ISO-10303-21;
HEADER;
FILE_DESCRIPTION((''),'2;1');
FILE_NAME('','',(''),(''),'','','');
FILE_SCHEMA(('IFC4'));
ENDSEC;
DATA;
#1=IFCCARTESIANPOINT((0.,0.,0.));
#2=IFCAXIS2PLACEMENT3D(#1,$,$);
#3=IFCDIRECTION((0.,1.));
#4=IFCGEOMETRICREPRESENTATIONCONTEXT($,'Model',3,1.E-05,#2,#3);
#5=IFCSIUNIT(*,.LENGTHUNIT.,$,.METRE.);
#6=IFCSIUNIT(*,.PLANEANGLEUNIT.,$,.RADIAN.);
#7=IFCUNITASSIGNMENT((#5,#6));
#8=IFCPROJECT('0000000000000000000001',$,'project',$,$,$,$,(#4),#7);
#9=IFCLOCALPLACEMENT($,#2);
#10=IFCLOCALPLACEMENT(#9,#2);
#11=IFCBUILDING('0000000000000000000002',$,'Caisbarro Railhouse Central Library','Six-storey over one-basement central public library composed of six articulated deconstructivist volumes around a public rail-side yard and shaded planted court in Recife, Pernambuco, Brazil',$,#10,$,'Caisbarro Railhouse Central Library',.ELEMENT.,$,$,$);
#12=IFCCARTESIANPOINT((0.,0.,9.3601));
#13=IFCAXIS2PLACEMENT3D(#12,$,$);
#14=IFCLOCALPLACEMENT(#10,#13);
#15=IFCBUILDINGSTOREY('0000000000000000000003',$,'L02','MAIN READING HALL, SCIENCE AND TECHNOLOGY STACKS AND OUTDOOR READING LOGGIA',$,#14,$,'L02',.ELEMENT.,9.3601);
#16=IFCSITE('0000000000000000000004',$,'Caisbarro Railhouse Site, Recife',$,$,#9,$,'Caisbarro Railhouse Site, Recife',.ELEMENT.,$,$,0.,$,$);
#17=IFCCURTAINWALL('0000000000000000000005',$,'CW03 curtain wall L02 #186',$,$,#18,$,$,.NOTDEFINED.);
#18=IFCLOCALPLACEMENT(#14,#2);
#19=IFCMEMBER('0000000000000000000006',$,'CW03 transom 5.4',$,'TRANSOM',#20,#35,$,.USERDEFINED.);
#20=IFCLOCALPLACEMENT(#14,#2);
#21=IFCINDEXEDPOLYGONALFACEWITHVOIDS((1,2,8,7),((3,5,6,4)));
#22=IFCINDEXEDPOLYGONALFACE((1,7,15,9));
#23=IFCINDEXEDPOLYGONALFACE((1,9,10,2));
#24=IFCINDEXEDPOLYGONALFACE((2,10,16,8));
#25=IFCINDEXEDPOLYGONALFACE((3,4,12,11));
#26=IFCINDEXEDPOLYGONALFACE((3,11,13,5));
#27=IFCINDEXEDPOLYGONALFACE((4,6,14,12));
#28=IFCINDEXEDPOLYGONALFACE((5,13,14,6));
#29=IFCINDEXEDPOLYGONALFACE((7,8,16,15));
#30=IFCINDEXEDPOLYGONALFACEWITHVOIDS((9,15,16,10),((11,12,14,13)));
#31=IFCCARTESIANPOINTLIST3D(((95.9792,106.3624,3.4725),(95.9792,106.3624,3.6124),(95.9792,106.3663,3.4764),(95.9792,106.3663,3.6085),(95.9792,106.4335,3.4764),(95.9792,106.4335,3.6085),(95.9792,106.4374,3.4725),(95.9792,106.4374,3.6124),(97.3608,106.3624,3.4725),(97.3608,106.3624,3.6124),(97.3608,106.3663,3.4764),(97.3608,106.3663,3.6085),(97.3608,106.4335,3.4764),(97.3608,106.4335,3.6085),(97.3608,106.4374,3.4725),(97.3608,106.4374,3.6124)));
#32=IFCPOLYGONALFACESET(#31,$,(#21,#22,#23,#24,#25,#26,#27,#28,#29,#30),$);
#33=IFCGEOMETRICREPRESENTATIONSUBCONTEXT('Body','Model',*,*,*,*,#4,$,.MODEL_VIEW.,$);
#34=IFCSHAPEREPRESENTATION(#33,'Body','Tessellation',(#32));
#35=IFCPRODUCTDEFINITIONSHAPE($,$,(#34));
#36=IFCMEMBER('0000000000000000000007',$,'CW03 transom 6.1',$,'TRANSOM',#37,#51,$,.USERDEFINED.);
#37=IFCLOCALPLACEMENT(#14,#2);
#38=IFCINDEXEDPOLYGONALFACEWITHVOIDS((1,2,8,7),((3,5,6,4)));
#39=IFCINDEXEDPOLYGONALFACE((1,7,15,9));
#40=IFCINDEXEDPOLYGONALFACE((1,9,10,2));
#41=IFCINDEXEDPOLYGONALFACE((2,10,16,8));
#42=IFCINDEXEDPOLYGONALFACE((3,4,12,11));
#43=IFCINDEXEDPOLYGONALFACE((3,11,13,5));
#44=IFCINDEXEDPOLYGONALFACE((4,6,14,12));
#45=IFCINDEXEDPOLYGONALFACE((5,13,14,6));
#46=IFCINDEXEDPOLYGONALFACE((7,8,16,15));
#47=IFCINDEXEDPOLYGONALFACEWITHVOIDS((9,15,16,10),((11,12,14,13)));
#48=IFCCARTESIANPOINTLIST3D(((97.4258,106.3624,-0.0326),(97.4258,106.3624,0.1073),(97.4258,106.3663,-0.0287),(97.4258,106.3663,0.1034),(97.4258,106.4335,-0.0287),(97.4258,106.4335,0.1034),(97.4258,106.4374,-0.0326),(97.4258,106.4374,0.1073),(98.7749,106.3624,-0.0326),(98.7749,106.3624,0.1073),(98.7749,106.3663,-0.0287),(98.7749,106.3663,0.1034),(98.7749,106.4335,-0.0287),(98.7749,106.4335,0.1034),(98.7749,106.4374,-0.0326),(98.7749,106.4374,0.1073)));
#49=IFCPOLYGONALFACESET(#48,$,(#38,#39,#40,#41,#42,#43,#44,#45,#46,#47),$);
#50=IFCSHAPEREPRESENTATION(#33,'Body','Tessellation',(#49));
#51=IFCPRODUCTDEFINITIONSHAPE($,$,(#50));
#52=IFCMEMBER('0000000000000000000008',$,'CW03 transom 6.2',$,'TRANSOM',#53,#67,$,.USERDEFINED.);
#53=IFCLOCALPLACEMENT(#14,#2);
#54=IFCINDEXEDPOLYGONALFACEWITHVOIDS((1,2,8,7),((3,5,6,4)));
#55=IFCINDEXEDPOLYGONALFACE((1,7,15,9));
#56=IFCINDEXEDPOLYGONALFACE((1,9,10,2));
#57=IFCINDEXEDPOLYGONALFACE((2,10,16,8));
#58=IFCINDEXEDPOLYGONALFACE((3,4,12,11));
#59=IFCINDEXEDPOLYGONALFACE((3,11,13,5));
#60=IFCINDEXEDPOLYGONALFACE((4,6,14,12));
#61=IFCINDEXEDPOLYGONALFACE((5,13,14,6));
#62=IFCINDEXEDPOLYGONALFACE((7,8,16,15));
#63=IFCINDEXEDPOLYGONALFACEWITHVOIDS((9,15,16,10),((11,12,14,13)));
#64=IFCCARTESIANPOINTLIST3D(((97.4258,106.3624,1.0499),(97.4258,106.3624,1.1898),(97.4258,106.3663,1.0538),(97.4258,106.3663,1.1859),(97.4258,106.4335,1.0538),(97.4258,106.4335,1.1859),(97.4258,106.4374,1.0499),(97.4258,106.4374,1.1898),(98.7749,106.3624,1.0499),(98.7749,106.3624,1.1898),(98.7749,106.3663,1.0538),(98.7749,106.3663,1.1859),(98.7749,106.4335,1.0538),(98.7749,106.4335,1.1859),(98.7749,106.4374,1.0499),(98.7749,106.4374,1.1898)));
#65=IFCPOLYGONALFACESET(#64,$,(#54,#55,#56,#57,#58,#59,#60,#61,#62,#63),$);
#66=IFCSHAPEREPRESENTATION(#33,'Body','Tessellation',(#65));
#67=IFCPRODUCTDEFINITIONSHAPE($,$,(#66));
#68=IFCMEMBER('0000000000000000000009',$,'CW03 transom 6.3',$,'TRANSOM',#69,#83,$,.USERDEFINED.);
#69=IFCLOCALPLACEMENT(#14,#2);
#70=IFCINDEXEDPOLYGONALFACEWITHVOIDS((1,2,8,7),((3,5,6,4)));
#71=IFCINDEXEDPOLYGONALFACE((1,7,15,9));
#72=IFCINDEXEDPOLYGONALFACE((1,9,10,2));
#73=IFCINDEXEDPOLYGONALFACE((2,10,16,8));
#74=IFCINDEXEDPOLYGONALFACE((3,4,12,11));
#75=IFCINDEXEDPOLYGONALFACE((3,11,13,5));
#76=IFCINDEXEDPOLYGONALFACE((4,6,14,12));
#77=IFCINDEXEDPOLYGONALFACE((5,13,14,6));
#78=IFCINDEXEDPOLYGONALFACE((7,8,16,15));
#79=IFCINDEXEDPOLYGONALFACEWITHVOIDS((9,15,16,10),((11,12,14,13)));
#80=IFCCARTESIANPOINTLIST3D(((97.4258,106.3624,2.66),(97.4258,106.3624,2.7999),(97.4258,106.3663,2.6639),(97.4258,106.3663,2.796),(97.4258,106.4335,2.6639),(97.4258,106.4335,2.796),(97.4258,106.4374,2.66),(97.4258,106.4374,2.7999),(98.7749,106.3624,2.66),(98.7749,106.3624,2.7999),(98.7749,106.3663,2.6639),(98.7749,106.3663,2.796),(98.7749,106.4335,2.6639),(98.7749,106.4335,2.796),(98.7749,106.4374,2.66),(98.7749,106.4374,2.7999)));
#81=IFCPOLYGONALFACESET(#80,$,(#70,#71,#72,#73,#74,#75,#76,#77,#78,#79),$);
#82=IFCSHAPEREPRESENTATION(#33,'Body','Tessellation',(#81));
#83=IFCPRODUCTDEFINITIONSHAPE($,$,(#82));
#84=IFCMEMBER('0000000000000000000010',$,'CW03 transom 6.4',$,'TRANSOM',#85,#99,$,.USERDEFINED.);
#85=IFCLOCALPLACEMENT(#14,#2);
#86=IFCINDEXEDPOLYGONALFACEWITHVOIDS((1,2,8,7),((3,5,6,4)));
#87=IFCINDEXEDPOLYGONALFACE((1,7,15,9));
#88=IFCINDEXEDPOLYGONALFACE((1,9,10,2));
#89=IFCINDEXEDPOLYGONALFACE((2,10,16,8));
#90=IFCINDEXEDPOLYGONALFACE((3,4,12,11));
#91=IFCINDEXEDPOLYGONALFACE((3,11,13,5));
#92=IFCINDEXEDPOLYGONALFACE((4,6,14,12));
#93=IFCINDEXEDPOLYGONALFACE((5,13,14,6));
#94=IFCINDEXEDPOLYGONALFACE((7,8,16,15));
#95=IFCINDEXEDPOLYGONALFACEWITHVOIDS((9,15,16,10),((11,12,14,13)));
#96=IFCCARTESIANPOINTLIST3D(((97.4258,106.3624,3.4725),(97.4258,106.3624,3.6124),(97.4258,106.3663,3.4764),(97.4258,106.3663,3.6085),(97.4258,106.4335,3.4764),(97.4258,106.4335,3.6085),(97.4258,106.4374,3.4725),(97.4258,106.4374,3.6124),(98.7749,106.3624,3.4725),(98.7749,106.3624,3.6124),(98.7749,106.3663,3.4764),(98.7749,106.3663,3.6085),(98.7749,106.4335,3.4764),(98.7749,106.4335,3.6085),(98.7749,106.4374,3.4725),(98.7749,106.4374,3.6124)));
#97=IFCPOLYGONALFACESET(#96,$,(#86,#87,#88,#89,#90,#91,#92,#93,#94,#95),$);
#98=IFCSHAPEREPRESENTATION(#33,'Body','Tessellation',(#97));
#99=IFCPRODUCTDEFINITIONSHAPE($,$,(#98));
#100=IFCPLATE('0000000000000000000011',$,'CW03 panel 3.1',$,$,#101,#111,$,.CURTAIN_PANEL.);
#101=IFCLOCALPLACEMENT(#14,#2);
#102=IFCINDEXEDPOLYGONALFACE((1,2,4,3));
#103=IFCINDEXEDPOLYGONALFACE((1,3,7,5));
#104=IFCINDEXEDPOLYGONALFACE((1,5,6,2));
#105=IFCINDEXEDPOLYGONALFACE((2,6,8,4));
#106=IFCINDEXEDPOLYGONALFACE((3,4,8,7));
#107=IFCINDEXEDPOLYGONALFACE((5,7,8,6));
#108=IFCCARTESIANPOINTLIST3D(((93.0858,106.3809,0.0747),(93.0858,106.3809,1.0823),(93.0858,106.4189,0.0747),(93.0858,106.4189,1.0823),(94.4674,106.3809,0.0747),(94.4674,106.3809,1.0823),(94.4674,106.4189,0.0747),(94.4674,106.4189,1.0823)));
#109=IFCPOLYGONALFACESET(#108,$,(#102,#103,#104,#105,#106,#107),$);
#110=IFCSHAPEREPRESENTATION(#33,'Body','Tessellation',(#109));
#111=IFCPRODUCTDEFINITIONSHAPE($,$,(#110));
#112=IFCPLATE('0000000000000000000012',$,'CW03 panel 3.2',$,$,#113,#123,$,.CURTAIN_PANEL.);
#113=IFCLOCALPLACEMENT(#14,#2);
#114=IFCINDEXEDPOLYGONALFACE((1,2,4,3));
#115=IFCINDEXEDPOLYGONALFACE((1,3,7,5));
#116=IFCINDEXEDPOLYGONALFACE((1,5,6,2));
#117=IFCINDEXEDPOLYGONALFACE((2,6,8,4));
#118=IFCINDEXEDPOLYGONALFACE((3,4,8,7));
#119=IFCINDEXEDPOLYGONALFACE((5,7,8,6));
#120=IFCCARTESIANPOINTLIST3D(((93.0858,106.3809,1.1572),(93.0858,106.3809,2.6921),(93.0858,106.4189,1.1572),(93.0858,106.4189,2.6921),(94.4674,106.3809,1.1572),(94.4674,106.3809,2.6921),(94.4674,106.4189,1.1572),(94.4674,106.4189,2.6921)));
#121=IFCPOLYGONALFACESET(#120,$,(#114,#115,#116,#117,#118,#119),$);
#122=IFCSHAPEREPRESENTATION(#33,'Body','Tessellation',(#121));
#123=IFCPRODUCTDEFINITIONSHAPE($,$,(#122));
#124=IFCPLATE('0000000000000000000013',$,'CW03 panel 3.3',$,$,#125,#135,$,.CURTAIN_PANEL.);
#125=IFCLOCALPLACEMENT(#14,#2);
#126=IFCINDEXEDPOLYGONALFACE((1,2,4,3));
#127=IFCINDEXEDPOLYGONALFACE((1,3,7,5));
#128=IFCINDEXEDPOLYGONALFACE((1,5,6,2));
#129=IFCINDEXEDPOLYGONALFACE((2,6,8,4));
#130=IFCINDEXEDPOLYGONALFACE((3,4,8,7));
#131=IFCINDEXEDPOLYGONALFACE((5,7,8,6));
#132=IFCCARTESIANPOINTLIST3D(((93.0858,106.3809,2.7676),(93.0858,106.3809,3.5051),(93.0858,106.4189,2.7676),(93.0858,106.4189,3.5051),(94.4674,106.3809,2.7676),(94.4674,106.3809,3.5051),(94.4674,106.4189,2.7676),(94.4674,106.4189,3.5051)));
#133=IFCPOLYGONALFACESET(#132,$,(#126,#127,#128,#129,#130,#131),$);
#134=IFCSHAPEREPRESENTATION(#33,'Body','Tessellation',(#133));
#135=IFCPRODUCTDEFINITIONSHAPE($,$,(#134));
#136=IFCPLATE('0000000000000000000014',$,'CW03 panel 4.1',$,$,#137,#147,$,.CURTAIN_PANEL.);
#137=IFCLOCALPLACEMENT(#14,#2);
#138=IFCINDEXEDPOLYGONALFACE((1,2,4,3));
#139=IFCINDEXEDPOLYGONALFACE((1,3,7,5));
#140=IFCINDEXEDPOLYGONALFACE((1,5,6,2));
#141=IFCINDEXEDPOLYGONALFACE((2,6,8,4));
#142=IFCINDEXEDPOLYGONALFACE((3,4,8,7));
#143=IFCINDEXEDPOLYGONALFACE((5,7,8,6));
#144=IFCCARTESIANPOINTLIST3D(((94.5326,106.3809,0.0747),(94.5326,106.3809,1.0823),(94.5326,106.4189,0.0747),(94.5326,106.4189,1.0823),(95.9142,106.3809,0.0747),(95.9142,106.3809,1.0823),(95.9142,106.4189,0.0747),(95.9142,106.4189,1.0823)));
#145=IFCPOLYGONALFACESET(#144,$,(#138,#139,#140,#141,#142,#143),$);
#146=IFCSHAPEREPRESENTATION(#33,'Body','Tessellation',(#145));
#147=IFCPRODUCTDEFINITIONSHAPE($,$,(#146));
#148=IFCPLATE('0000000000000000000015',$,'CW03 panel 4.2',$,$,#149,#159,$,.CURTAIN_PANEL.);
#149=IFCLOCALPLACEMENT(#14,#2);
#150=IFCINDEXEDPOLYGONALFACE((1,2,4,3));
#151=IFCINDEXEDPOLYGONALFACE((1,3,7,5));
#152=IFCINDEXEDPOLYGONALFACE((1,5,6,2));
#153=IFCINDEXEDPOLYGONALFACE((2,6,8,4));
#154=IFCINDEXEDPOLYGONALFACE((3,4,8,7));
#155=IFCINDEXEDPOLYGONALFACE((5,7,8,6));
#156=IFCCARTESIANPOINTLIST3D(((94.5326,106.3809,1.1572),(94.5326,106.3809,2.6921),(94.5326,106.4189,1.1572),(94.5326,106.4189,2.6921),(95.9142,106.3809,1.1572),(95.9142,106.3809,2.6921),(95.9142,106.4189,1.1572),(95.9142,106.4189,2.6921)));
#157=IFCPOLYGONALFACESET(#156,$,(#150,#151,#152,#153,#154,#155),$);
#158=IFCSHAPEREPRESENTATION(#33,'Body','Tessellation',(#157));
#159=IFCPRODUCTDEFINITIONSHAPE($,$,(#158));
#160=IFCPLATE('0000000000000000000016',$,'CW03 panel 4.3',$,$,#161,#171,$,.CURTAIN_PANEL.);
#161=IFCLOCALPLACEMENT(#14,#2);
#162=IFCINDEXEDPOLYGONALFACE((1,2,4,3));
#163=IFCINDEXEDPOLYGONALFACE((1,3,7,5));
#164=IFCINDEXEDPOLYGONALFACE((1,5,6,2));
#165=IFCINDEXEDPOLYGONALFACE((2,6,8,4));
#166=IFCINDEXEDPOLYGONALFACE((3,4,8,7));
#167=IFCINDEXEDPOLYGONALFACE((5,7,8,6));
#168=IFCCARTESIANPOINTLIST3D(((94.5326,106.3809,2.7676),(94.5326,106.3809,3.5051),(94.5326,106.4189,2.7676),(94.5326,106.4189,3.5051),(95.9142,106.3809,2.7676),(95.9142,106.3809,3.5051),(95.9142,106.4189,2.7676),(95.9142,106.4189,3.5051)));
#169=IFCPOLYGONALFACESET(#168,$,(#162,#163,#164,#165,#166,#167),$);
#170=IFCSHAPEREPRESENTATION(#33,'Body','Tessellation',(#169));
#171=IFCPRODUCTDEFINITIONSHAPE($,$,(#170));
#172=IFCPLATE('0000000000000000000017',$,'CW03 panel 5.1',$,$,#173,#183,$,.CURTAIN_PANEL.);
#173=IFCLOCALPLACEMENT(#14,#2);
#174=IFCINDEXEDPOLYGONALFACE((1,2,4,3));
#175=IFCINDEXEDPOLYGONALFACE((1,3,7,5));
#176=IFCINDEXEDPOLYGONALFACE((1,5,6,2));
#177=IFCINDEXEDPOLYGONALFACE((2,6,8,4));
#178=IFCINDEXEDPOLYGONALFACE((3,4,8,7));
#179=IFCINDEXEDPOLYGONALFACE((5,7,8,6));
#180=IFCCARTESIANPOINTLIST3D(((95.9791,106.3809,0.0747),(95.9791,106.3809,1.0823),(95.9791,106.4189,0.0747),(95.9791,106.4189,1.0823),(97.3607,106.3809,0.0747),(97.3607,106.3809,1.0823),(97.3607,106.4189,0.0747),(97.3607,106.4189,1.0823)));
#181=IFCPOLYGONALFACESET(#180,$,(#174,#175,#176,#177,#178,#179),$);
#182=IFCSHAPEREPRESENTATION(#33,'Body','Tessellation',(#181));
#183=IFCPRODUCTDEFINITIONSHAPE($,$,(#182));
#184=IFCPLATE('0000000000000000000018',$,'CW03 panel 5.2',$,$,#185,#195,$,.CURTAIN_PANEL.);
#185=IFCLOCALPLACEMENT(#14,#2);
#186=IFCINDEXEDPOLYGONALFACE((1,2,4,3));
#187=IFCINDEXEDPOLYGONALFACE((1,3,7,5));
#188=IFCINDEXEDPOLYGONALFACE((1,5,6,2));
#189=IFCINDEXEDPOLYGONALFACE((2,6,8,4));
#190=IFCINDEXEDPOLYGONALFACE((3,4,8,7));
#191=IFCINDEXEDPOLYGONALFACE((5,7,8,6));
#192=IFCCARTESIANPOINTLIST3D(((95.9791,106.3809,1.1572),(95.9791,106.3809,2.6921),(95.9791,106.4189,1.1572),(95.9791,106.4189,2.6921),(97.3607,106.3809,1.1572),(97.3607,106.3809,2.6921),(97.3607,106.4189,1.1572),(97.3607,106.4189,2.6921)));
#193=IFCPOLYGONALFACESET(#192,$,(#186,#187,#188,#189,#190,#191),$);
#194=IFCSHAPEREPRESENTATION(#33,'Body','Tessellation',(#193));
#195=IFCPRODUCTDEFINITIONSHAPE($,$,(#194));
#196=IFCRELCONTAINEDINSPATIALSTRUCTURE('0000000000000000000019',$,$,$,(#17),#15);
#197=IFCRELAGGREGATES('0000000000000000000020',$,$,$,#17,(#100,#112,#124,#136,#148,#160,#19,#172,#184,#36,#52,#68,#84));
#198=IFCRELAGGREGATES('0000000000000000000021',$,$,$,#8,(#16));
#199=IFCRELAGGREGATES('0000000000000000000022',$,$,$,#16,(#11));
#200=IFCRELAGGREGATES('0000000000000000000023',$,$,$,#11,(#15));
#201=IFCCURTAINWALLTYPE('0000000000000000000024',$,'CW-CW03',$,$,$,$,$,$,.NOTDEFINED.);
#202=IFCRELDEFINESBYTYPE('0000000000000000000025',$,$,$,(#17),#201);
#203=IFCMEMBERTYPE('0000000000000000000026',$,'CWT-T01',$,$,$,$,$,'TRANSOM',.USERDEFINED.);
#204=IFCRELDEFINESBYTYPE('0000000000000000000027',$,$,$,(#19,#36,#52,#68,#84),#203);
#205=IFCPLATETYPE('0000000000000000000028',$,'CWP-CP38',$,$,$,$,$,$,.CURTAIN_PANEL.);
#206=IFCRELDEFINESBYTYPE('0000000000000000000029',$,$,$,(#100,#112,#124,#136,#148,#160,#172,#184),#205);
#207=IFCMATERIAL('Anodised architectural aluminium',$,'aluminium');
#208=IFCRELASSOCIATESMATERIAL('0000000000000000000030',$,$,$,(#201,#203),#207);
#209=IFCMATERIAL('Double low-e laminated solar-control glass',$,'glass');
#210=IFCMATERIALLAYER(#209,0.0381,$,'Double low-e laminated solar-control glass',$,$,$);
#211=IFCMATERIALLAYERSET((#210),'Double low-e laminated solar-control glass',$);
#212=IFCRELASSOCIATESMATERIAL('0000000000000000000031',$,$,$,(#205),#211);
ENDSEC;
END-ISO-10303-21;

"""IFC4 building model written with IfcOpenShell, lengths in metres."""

from ifc_helpers import new_model, si_unit, direction, frame, origin, origin_2d, place, context, subcontext, project, spatial, rectangle, hollow_rectangle, extrude, material, layer, layer_set, material_profile, profile_set, type_object, element, aggregate, save


model = new_model("IFC4")

# Units and contexts
model_context = context("Model", 3, precision=1e-05, world=origin(), true_north=direction((0.0, 1.0)))
body_context = subcontext(model_context, "Body", "Model", "MODEL_VIEW")
ifc_project = project(units=[si_unit("LENGTHUNIT", "METRE"), si_unit("PLANEANGLEUNIT", "RADIAN")], contexts=[model_context])

# Site, building, storey
site_placement = place(None, origin())
site = spatial("IfcSite", under=ifc_project, at=site_placement, Name="Caisbarro Railhouse Site, Recife", LongName="Caisbarro Railhouse Site, Recife", CompositionType="ELEMENT", RefElevation=0.0)
building_placement = place(site_placement, origin())
building = spatial("IfcBuilding", under=site, at=building_placement, Name="Caisbarro Railhouse Central Library", Description="Six-storey over one-basement central public library composed of six articulated deconstructivist volumes around a public rail-side yard and shaded planted court in Recife, Pernambuco, Brazil", LongName="Caisbarro Railhouse Central Library", CompositionType="ELEMENT")
storey_placement = place(building_placement, frame((0.0, 0.0, 9.3601)))
storey = spatial("IfcBuildingStorey", under=building, at=storey_placement, Name="L02", Description="MAIN READING HALL, SCIENCE AND TECHNOLOGY STACKS AND OUTDOOR READING LOGGIA", LongName="L02", CompositionType="ELEMENT", Elevation=9.3601)

# Curtain wall, members, plates
ifc_material_1 = material(Name="Anodised architectural aluminium", Category="aluminium")
curtain_wall_type = type_object("IfcCurtainWallType", Name="CW-CW03", PredefinedType="NOTDEFINED", material=ifc_material_1)
curtain_wall_placement = place(storey_placement, origin())
curtain_wall = element("IfcCurtainWall", 1, at=curtain_wall_placement, inside=storey, type_object=curtain_wall_type, Name="CW03 curtain wall L02 #186", PredefinedType="NOTDEFINED")
ifc_material_profile_1 = material_profile(ifc_material_1, hollow_rectangle(XDim=0.075, YDim=0.1399, WallThickness=0.0039, at=origin_2d()), Name="ALU-TRN-75X140")
ifc_profile_set_1 = profile_set([ifc_material_profile_1], Name="Anodised architectural aluminium")
member_type_1 = type_object("IfcMemberType", Name="CWT-T01", ElementType="TRANSOM", PredefinedType="USERDEFINED", material=ifc_profile_set_1)
member_1_placement = place(storey_placement, frame((95.9792, 106.3999, 3.5425), z_axis=(1.0, 0.0, 0.0), x_axis=(0.0, 1.0, 0.0)))
member_1 = element("IfcMember", 2, at=member_1_placement, type_object=member_type_1, Name="CW03 transom 5.4", ObjectType="TRANSOM", PredefinedType="USERDEFINED", context=body_context, shape_type="SweptSolid", body=[
    extrude(hollow_rectangle(XDim=0.075, YDim=0.1399, WallThickness=0.0039, at=origin_2d()), origin(), (0.0, 0.0, 1.0), 1.3816),
])
member_2_placement = place(storey_placement, frame((97.4258, 106.3999, 0.0374), z_axis=(1.0, 0.0, 0.0), x_axis=(0.0, 1.0, 0.0)))
member_2 = element("IfcMember", 3, at=member_2_placement, type_object=member_type_1, Name="CW03 transom 6.1", ObjectType="TRANSOM", PredefinedType="USERDEFINED", context=body_context, shape_type="SweptSolid", body=[
    extrude(hollow_rectangle(XDim=0.075, YDim=0.1399, WallThickness=0.0039, at=origin_2d()), origin(), (0.0, 0.0, 1.0), 1.3491),
])
member_3_placement = place(storey_placement, frame((97.4258, 106.3999, 1.1199), z_axis=(1.0, 0.0, 0.0), x_axis=(0.0, 1.0, 0.0)))
member_3 = element("IfcMember", 4, at=member_3_placement, type_object=member_type_1, Name="CW03 transom 6.2", ObjectType="TRANSOM", PredefinedType="USERDEFINED", context=body_context, shape_type="SweptSolid", body=[
    extrude(hollow_rectangle(XDim=0.075, YDim=0.1399, WallThickness=0.0039, at=origin_2d()), origin(), (0.0, 0.0, 1.0), 1.3491),
])
member_4_placement = place(storey_placement, frame((97.4258, 106.3999, 2.73), z_axis=(1.0, 0.0, 0.0), x_axis=(0.0, 1.0, 0.0)))
member_4 = element("IfcMember", 5, at=member_4_placement, type_object=member_type_1, Name="CW03 transom 6.3", ObjectType="TRANSOM", PredefinedType="USERDEFINED", context=body_context, shape_type="SweptSolid", body=[
    extrude(hollow_rectangle(XDim=0.075, YDim=0.1399, WallThickness=0.0039, at=origin_2d()), origin(), (0.0, 0.0, 1.0), 1.3491),
])
member_5_placement = place(storey_placement, frame((97.4258, 106.3999, 3.5425), z_axis=(1.0, 0.0, 0.0), x_axis=(0.0, 1.0, 0.0)))
member_5 = element("IfcMember", 6, at=member_5_placement, type_object=member_type_1, Name="CW03 transom 6.4", ObjectType="TRANSOM", PredefinedType="USERDEFINED", context=body_context, shape_type="SweptSolid", body=[
    extrude(hollow_rectangle(XDim=0.075, YDim=0.1399, WallThickness=0.0039, at=origin_2d()), origin(), (0.0, 0.0, 1.0), 1.3491),
])
ifc_material_2 = material(Name="Double low-e laminated solar-control glass", Category="glass")
ifc_layer_1 = layer(ifc_material_2, 0.0381, Name="Double low-e laminated solar-control glass")
ifc_layer_set_1 = layer_set([ifc_layer_1], Name="Double low-e laminated solar-control glass")
plate_type = type_object("IfcPlateType", Name="CWP-CP38", PredefinedType="CURTAIN_PANEL", material=ifc_layer_set_1)
plate_1_placement = place(storey_placement, frame((93.7766, 106.3999, 0.0747), z_axis=(0.0, 0.0, 1.0), x_axis=(1.0, 0.0, 0.0)))
plate_1 = element("IfcPlate", 7, at=plate_1_placement, type_object=plate_type, Name="CW03 panel 3.1", PredefinedType="CURTAIN_PANEL", context=body_context, shape_type="SweptSolid", body=[
    extrude(rectangle(XDim=1.3816, YDim=0.0381, at=origin_2d()), origin(), (0.0, 0.0, 1.0), 1.0076),
])
plate_2_placement = place(storey_placement, frame((93.7766, 106.3999, 1.1572), z_axis=(0.0, 0.0, 1.0), x_axis=(1.0, 0.0, 0.0)))
plate_2 = element("IfcPlate", 8, at=plate_2_placement, type_object=plate_type, Name="CW03 panel 3.2", PredefinedType="CURTAIN_PANEL", context=body_context, shape_type="SweptSolid", body=[
    extrude(rectangle(XDim=1.3816, YDim=0.0381, at=origin_2d()), origin(), (0.0, 0.0, 1.0), 1.5349),
])
plate_3_placement = place(storey_placement, frame((93.7766, 106.3999, 2.7676), z_axis=(0.0, 0.0, 1.0), x_axis=(1.0, 0.0, 0.0)))
plate_3 = element("IfcPlate", 9, at=plate_3_placement, type_object=plate_type, Name="CW03 panel 3.3", PredefinedType="CURTAIN_PANEL", context=body_context, shape_type="SweptSolid", body=[
    extrude(rectangle(XDim=1.3816, YDim=0.0381, at=origin_2d()), origin(), (0.0, 0.0, 1.0), 0.7375),
])
plate_4_placement = place(storey_placement, frame((95.2234, 106.3999, 0.0747), z_axis=(0.0, 0.0, 1.0), x_axis=(1.0, 0.0, 0.0)))
plate_4 = element("IfcPlate", 10, at=plate_4_placement, type_object=plate_type, Name="CW03 panel 4.1", PredefinedType="CURTAIN_PANEL", context=body_context, shape_type="SweptSolid", body=[
    extrude(rectangle(XDim=1.3816, YDim=0.0381, at=origin_2d()), origin(), (0.0, 0.0, 1.0), 1.0076),
])
plate_5_placement = place(storey_placement, frame((95.2234, 106.3999, 1.1572), z_axis=(0.0, 0.0, 1.0), x_axis=(1.0, 0.0, 0.0)))
plate_5 = element("IfcPlate", 11, at=plate_5_placement, type_object=plate_type, Name="CW03 panel 4.2", PredefinedType="CURTAIN_PANEL", context=body_context, shape_type="SweptSolid", body=[
    extrude(rectangle(XDim=1.3816, YDim=0.0381, at=origin_2d()), origin(), (0.0, 0.0, 1.0), 1.5349),
])
plate_6_placement = place(storey_placement, frame((95.2234, 106.3999, 2.7676), z_axis=(0.0, 0.0, 1.0), x_axis=(1.0, 0.0, 0.0)))
plate_6 = element("IfcPlate", 12, at=plate_6_placement, type_object=plate_type, Name="CW03 panel 4.3", PredefinedType="CURTAIN_PANEL", context=body_context, shape_type="SweptSolid", body=[
    extrude(rectangle(XDim=1.3816, YDim=0.0381, at=origin_2d()), origin(), (0.0, 0.0, 1.0), 0.7375),
])
plate_7_placement = place(storey_placement, frame((96.6699, 106.3999, 0.0747), z_axis=(0.0, 0.0, 1.0), x_axis=(1.0, 0.0, 0.0)))
plate_7 = element("IfcPlate", 13, at=plate_7_placement, type_object=plate_type, Name="CW03 panel 5.1", PredefinedType="CURTAIN_PANEL", context=body_context, shape_type="SweptSolid", body=[
    extrude(rectangle(XDim=1.3816, YDim=0.0381, at=origin_2d()), origin(), (0.0, 0.0, 1.0), 1.0076),
])
plate_8_placement = place(storey_placement, frame((96.6699, 106.3999, 1.1572), z_axis=(0.0, 0.0, 1.0), x_axis=(1.0, 0.0, 0.0)))
plate_8 = element("IfcPlate", 14, at=plate_8_placement, type_object=plate_type, Name="CW03 panel 5.2", PredefinedType="CURTAIN_PANEL", context=body_context, shape_type="SweptSolid", body=[
    extrude(rectangle(XDim=1.3816, YDim=0.0381, at=origin_2d()), origin(), (0.0, 0.0, 1.0), 1.5349),
])
aggregate(curtain_wall, [plate_1, plate_2, plate_3, plate_4, plate_5, plate_6, member_1, plate_7, plate_8, member_2, member_3, member_4, member_5])

save(model, "model.ifc")
